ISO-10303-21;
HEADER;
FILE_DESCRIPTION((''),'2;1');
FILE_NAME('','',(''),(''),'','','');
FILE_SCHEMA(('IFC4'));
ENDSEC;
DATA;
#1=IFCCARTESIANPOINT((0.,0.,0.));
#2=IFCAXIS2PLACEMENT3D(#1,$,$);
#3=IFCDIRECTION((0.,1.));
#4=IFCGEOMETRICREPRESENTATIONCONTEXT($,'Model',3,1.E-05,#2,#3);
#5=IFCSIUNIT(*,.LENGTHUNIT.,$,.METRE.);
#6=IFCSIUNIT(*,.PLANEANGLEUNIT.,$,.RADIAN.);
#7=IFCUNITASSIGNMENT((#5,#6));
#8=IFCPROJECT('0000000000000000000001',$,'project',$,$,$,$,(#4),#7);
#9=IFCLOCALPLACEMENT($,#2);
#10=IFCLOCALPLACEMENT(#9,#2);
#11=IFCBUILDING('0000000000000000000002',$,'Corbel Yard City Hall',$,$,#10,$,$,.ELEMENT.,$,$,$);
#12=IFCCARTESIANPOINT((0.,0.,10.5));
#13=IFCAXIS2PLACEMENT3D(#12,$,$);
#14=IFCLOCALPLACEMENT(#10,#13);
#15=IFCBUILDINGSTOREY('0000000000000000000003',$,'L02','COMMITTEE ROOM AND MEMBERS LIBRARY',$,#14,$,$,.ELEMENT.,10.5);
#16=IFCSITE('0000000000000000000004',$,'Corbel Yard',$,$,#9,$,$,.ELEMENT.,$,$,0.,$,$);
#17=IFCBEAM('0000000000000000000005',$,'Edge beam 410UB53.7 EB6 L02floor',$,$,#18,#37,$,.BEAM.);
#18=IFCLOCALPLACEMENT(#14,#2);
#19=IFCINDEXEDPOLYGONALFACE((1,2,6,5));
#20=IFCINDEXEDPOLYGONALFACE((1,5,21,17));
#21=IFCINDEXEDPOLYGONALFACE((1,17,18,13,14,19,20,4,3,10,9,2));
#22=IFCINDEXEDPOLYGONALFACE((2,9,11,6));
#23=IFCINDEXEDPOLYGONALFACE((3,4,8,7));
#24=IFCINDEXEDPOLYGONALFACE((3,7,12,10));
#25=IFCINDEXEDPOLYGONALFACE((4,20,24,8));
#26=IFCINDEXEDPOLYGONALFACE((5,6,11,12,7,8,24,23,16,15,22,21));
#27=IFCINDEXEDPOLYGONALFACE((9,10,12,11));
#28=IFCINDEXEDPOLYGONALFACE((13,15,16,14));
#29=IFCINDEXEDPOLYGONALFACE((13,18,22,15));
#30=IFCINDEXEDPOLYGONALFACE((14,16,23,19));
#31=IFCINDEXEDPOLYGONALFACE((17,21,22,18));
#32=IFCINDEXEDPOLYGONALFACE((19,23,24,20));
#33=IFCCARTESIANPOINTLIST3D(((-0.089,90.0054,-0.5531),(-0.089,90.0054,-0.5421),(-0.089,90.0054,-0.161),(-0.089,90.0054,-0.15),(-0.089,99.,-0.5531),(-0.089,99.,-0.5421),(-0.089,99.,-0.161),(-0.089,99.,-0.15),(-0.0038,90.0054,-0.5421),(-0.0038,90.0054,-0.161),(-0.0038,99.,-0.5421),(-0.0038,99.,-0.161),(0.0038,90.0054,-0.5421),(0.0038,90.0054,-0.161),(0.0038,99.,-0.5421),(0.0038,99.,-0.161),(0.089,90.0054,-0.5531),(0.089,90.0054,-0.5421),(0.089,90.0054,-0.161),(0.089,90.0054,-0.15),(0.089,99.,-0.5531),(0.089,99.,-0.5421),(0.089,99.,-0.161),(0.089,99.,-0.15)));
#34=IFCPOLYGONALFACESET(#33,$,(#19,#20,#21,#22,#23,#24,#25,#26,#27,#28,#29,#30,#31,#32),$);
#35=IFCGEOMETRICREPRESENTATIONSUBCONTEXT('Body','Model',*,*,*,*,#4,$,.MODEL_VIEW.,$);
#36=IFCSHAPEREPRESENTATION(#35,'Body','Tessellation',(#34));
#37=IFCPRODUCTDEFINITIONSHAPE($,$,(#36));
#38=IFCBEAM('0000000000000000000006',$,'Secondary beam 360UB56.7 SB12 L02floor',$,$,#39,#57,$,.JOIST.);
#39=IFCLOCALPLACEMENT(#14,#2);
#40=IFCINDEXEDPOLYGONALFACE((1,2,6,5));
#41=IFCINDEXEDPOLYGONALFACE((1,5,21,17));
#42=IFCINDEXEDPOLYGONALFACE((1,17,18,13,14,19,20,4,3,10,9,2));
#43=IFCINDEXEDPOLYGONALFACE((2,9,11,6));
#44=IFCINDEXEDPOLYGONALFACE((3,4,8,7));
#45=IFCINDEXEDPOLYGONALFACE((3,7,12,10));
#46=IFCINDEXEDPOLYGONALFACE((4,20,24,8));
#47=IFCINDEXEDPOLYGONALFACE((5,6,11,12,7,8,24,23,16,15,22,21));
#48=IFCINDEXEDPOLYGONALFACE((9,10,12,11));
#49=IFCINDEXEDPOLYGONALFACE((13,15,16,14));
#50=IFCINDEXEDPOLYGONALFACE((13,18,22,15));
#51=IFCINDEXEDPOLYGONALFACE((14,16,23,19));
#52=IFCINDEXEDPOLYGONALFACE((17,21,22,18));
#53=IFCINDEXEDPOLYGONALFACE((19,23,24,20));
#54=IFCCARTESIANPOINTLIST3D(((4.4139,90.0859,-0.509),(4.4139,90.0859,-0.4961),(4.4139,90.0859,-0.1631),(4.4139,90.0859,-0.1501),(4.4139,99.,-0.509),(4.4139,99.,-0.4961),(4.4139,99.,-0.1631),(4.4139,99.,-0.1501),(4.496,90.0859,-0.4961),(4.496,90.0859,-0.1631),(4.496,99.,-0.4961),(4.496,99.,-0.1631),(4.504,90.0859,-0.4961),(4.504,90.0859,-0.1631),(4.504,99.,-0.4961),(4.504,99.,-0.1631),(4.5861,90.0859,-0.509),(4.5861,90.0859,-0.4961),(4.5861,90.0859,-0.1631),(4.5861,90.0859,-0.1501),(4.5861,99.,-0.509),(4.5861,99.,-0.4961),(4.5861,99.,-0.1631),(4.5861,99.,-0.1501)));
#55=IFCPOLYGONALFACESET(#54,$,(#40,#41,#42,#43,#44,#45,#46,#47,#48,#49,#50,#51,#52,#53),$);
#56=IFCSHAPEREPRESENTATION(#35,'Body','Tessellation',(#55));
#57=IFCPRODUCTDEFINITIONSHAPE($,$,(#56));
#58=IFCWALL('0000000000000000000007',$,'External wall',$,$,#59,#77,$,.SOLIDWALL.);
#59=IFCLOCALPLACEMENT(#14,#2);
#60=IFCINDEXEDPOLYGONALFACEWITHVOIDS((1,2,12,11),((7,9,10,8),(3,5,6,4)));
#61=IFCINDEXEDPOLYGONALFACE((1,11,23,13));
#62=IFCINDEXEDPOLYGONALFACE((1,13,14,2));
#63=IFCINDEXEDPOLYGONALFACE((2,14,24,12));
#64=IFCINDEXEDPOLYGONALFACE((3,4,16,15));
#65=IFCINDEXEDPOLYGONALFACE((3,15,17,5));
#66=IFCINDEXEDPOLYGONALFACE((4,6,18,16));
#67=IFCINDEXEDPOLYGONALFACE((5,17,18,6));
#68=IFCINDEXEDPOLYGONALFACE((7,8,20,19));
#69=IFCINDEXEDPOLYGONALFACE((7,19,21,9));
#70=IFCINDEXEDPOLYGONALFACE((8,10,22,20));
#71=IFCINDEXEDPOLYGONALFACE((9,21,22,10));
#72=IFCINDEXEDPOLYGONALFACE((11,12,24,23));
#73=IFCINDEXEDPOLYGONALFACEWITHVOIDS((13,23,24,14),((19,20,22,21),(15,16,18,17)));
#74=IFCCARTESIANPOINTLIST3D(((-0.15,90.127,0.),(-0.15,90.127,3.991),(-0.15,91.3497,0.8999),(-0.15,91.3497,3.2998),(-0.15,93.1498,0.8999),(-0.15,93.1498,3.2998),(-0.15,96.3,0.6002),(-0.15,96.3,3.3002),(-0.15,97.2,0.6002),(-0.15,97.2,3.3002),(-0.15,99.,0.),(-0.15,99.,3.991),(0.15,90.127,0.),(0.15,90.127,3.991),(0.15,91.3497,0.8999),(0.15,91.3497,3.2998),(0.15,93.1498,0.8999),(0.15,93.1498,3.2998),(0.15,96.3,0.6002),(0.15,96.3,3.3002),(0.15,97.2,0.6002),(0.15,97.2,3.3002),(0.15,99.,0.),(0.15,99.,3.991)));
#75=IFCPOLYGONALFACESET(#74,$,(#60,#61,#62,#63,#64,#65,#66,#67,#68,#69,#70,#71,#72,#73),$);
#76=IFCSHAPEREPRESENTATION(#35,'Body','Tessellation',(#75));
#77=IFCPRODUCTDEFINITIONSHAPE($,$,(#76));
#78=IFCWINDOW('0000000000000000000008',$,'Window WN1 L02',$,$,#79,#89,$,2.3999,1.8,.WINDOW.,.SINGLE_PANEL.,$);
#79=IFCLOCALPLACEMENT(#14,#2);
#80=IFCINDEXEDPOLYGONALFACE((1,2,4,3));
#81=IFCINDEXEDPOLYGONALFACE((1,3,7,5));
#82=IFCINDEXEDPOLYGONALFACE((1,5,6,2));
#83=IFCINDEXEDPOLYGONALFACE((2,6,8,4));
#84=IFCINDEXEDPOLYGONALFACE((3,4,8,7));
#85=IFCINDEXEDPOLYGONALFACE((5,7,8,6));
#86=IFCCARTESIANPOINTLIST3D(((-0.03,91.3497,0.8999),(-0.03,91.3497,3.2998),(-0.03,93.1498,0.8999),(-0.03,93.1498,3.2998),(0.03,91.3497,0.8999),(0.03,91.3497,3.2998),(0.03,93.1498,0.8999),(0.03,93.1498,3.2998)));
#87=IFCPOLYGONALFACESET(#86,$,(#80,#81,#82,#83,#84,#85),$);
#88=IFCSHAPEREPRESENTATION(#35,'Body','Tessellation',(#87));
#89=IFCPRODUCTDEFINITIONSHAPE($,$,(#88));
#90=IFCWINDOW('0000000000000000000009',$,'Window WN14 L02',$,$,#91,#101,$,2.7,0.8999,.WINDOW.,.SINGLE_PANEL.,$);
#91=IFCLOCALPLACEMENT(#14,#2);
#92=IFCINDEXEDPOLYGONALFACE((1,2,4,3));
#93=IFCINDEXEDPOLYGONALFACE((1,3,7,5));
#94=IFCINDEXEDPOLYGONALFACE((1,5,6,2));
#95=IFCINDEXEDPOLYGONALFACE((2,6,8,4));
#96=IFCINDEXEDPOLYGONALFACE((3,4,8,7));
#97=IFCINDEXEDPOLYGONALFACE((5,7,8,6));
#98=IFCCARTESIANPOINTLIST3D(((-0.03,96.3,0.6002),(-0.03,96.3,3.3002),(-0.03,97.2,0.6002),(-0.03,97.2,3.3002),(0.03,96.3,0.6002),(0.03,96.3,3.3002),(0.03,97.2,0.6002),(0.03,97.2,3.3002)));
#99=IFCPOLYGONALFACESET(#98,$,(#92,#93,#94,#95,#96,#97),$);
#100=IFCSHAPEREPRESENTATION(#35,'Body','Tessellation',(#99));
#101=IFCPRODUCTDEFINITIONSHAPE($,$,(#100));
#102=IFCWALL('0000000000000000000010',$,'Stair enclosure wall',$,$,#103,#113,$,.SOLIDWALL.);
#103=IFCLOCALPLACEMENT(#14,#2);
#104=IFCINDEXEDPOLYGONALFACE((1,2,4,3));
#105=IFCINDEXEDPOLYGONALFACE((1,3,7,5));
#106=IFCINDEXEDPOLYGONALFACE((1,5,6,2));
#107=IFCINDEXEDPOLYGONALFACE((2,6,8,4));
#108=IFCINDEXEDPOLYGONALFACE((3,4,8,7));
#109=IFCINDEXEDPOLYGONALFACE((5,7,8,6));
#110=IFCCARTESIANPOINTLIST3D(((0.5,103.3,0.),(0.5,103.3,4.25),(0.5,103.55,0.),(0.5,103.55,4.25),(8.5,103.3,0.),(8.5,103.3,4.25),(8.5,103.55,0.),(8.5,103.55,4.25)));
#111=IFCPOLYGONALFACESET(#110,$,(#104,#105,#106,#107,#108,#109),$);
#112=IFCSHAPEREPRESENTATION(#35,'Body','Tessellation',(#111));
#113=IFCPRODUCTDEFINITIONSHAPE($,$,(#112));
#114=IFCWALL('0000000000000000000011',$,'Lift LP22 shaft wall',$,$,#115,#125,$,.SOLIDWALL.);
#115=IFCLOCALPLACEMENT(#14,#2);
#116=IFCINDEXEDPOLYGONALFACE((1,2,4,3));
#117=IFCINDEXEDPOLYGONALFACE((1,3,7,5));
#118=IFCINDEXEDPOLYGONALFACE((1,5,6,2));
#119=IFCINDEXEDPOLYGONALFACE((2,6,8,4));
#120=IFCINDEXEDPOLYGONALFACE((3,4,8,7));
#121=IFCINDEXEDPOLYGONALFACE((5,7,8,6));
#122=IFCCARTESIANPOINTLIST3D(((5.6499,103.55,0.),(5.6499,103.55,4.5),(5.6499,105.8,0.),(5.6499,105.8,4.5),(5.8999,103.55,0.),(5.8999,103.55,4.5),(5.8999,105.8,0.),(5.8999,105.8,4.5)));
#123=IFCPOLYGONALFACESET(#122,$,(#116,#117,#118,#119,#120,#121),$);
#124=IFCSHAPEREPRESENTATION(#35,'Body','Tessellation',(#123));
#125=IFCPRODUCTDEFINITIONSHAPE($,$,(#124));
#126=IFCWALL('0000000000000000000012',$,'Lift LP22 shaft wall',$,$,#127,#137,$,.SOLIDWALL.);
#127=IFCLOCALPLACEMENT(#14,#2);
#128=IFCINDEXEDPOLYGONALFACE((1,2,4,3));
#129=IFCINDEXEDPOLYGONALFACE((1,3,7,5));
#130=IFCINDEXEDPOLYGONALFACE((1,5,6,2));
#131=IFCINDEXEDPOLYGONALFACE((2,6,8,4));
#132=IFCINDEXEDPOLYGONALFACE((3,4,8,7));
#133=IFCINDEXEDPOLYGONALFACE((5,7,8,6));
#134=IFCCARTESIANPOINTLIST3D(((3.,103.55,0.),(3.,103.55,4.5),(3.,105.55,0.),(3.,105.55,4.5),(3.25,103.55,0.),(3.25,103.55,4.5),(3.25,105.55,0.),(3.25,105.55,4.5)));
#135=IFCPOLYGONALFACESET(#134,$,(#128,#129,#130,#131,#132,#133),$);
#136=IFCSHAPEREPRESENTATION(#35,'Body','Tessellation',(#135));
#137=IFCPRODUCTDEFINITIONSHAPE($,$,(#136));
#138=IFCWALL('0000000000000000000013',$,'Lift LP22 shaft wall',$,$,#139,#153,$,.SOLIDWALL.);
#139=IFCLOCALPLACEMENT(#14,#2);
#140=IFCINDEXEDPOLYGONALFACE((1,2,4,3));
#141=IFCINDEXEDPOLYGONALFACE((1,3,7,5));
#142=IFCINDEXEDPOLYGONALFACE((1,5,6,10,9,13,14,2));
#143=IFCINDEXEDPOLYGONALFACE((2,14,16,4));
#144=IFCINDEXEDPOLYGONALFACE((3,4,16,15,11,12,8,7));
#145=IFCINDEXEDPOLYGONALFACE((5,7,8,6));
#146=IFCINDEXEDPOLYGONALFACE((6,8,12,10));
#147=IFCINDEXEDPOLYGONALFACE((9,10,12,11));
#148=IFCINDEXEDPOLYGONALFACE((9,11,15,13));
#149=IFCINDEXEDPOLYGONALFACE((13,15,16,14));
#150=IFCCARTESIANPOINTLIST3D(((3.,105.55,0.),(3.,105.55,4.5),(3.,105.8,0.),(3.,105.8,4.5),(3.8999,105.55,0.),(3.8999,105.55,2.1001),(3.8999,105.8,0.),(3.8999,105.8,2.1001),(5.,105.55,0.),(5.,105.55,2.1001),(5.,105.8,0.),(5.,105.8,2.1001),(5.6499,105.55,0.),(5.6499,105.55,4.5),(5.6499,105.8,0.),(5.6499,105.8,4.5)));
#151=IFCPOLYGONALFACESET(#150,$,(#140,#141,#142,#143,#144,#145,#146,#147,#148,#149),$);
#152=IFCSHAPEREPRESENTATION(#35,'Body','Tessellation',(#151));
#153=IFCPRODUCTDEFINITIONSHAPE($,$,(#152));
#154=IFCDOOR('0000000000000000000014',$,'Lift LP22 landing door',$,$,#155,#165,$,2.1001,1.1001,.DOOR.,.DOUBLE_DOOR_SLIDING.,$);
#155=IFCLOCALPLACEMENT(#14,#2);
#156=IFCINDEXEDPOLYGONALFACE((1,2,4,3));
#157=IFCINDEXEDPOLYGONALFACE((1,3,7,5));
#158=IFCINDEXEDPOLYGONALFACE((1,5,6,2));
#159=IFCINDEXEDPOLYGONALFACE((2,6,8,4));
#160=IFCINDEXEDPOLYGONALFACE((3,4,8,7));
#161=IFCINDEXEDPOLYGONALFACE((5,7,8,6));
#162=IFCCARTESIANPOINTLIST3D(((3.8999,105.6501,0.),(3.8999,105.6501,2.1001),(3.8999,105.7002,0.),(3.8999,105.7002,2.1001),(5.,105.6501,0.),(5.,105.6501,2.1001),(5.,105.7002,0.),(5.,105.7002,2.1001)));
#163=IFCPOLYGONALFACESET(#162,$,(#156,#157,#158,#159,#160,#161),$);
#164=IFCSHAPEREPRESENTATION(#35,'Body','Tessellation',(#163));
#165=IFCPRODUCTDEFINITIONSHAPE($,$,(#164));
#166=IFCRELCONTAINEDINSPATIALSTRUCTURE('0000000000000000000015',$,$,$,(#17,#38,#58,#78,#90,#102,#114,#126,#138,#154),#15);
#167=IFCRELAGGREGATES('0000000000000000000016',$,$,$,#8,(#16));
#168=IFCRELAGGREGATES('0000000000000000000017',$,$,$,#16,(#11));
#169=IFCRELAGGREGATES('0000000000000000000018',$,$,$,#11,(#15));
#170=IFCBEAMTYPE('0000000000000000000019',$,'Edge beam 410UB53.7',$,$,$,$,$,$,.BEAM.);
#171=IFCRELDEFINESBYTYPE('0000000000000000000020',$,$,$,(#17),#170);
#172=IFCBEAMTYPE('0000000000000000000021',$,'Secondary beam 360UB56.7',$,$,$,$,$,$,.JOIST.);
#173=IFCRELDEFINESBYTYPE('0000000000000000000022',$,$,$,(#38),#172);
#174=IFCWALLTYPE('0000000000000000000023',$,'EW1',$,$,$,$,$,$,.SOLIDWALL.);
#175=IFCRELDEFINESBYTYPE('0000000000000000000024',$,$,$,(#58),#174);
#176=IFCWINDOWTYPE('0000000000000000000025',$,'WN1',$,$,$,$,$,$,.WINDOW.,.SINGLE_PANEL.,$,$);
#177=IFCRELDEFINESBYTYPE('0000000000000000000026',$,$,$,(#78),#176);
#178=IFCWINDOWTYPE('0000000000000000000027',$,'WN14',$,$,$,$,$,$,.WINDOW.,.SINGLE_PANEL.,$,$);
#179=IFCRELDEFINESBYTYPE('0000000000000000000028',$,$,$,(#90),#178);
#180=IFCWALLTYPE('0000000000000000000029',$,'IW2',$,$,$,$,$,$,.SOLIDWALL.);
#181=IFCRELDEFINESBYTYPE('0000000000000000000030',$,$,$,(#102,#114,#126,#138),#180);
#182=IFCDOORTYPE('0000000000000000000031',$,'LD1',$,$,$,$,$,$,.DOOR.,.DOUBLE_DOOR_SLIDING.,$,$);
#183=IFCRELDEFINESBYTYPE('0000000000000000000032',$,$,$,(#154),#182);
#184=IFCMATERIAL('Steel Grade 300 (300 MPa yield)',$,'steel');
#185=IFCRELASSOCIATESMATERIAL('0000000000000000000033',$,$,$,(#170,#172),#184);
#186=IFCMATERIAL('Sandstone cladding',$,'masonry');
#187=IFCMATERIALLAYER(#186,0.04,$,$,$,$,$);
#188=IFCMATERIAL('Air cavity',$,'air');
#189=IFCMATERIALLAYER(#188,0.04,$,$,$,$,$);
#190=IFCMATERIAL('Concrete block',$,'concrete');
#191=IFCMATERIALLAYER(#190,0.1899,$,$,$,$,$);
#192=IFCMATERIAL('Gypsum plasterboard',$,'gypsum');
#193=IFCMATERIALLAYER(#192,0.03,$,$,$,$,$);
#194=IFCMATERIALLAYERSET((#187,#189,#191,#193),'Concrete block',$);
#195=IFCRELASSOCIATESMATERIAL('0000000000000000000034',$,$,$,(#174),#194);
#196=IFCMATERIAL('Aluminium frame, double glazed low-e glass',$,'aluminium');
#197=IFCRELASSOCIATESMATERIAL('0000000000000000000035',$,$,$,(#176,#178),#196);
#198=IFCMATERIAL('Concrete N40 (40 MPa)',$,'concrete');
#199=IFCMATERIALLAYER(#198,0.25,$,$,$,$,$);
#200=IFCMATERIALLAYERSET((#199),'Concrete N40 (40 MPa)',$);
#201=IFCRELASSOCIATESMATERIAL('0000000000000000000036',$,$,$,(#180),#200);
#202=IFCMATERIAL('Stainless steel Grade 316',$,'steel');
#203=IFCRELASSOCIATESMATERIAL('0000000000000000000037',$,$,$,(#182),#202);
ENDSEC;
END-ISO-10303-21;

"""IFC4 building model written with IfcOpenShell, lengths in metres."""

from ifc_helpers import new_model, si_unit, direction, frame, frame_2d, origin, origin_2d, place, context, subcontext, project, spatial, rectangle, i_section, extrude, material, layer, layer_set, material_profile, profile_set, type_object, element, fill, save


model = new_model("IFC4")

# Units and contexts
model_context = context("Model", 3, precision=1e-05, world=origin(), true_north=direction((0.0, 1.0)))
body_context = subcontext(model_context, "Body", "Model", "MODEL_VIEW")
ifc_project = project(units=[si_unit("LENGTHUNIT", "METRE"), si_unit("PLANEANGLEUNIT", "RADIAN")], contexts=[model_context])

# Site, building, storey
site_placement = place(None, origin())
site = spatial("IfcSite", under=ifc_project, at=site_placement, Name="Corbel Yard", CompositionType="ELEMENT", RefElevation=0.0)
building_placement = place(site_placement, origin())
building = spatial("IfcBuilding", under=site, at=building_placement, Name="Corbel Yard City Hall", CompositionType="ELEMENT")
storey_placement = place(building_placement, frame((0.0, 0.0, 10.5)))
storey = spatial("IfcBuildingStorey", under=building, at=storey_placement, Name="L02", Description="COMMITTEE ROOM AND MEMBERS LIBRARY", CompositionType="ELEMENT", Elevation=10.5)

# Beams
ifc_material_1 = material(Name="Steel Grade 300 (300 MPa yield)", Category="steel")
ifc_material_profile_1 = material_profile(ifc_material_1, i_section(OverallWidth=0.178, OverallDepth=0.4031, WebThickness=0.0076, FlangeThickness=0.011, at=origin_2d()), Name="410UB53.7")
ifc_profile_set_1 = profile_set([ifc_material_profile_1], Name="Steel Grade 300 (300 MPa yield)")
beam_type_1 = type_object("IfcBeamType", Name="Edge beam 410UB53.7", PredefinedType="BEAM", material=ifc_profile_set_1)
beam_1_placement = place(storey_placement, frame((0.0, 90.0054, -0.3516), z_axis=(0.0, 1.0, 0.0), x_axis=(-1.0, 0.0, 0.0)))
element("IfcBeam", 1, at=beam_1_placement, inside=storey, type_object=beam_type_1, Name="Edge beam 410UB53.7 EB6 L02floor", PredefinedType="BEAM", context=body_context, shape_type="SweptSolid", body=[
    extrude(i_section(OverallWidth=0.178, OverallDepth=0.4031, WebThickness=0.0076, FlangeThickness=0.011, at=origin_2d()), origin(), (0.0, 0.0, 1.0), 8.9946),
])
ifc_material_profile_2 = material_profile(ifc_material_1, i_section(OverallWidth=0.1721, OverallDepth=0.3589, WebThickness=0.0081, FlangeThickness=0.0129, at=origin_2d()), Name="360UB56.7")
ifc_profile_set_2 = profile_set([ifc_material_profile_2], Name="Steel Grade 300 (300 MPa yield)")
beam_type_2 = type_object("IfcBeamType", Name="Secondary beam 360UB56.7", PredefinedType="JOIST", material=ifc_profile_set_2)
beam_2_placement = place(storey_placement, frame((4.5, 90.0859, -0.3296), z_axis=(0.0, 1.0, 0.0), x_axis=(-1.0, 0.0, 0.0)))
element("IfcBeam", 2, at=beam_2_placement, inside=storey, type_object=beam_type_2, Name="Secondary beam 360UB56.7 SB12 L02floor", PredefinedType="JOIST", context=body_context, shape_type="SweptSolid", body=[
    extrude(i_section(OverallWidth=0.1721, OverallDepth=0.3589, WebThickness=0.0081, FlangeThickness=0.0129, at=origin_2d()), origin(), (0.0, 0.0, 1.0), 8.9141),
])

# Wall, openings, windows
ifc_material_2 = material(Name="Sandstone cladding", Category="masonry")
ifc_layer_1 = layer(ifc_material_2, 0.04)
ifc_material_3 = material(Name="Air cavity", Category="air")
ifc_layer_2 = layer(ifc_material_3, 0.04)
ifc_material_4 = material(Name="Concrete block", Category="concrete")
ifc_layer_3 = layer(ifc_material_4, 0.1899)
ifc_material_5 = material(Name="Gypsum plasterboard", Category="gypsum")
ifc_layer_4 = layer(ifc_material_5, 0.03)
ifc_layer_set_1 = layer_set([ifc_layer_1, ifc_layer_2, ifc_layer_3, ifc_layer_4], Name="Concrete block")
wall_type_1 = type_object("IfcWallType", Name="EW1", PredefinedType="SOLIDWALL", material=ifc_layer_set_1)
wall_1_placement = place(storey_placement, frame((0.0, 90.127, 0.0), z_axis=(0.0, 0.0, 1.0), x_axis=(0.0, 1.0, 0.0)))
wall_1 = element("IfcWall", 3, at=wall_1_placement, inside=storey, type_object=wall_type_1, Name="External wall", PredefinedType="SOLIDWALL", context=body_context, shape_type="SweptSolid", body=[
    extrude(rectangle(XDim=8.873, YDim=0.3, at=frame_2d((4.4365, 0.0))), origin(), (0.0, 0.0, 1.0), 3.991),
])
opening_1_placement = place(wall_1_placement, frame((1.2229, 0.0, 0.8999)))
opening_1 = element("IfcOpeningElement", 4, at=opening_1_placement, cuts=wall_1, PredefinedType="OPENING", context=body_context, shape_type="SweptSolid", body=[
    extrude(rectangle(XDim=1.8, YDim=2.3999, at=frame_2d((0.8999, 1.2))), frame((0.0, 0.1599, 0.0), z_axis=(0.0, -1.0, 0.0), x_axis=(1.0, 0.0, 0.0)), (0.0, 0.0, 1.0), 0.3201),
])
opening_2_placement = place(wall_1_placement, frame((6.1731, 0.0, 0.6001)))
opening_2 = element("IfcOpeningElement", 5, at=opening_2_placement, cuts=wall_1, PredefinedType="OPENING", context=body_context, shape_type="SweptSolid", body=[
    extrude(rectangle(XDim=0.8999, YDim=2.7, at=frame_2d((0.45, 1.3501))), frame((0.0, 0.1599, 0.0), z_axis=(0.0, -1.0, 0.0), x_axis=(1.0, 0.0, 0.0)), (0.0, 0.0, 1.0), 0.3201),
])
ifc_material_6 = material(Name="Aluminium frame, double glazed low-e glass", Category="aluminium")
window_type_1 = type_object("IfcWindowType", Name="WN1", PartitioningType="SINGLE_PANEL", PredefinedType="WINDOW", material=ifc_material_6)
window_1_placement = place(opening_1_placement, origin())
window_1 = element("IfcWindow", 6, at=window_1_placement, inside=storey, type_object=window_type_1, Name="Window WN1 L02", OverallHeight=2.3999, OverallWidth=1.8, PartitioningType="SINGLE_PANEL", PredefinedType="WINDOW", context=body_context, shape_type="SweptSolid", body=[
    extrude(rectangle(XDim=1.8, YDim=2.3999, at=frame_2d((0.8999, 1.2))), frame((0.0, 0.03, 0.0), z_axis=(0.0, -1.0, 0.0), x_axis=(1.0, 0.0, 0.0)), (0.0, 0.0, 1.0), 0.0601),
])
fill(opening_1, window_1)
window_type_2 = type_object("IfcWindowType", Name="WN14", PartitioningType="SINGLE_PANEL", PredefinedType="WINDOW", material=ifc_material_6)
window_2_placement = place(opening_2_placement, origin())
window_2 = element("IfcWindow", 7, at=window_2_placement, inside=storey, type_object=window_type_2, Name="Window WN14 L02", OverallHeight=2.7, OverallWidth=0.8999, PartitioningType="SINGLE_PANEL", PredefinedType="WINDOW", context=body_context, shape_type="SweptSolid", body=[
    extrude(rectangle(XDim=0.8999, YDim=2.7, at=frame_2d((0.45, 1.3501))), frame((0.0, 0.03, 0.0), z_axis=(0.0, -1.0, 0.0), x_axis=(1.0, 0.0, 0.0)), (0.0, 0.0, 1.0), 0.0601),
])
fill(opening_2, window_2)

# Walls
ifc_material_7 = material(Name="Concrete N40 (40 MPa)", Category="concrete")
ifc_layer_5 = layer(ifc_material_7, 0.25)
ifc_layer_set_2 = layer_set([ifc_layer_5], Name="Concrete N40 (40 MPa)")
wall_type_2 = type_object("IfcWallType", Name="IW2", PredefinedType="SOLIDWALL", material=ifc_layer_set_2)
wall_2_placement = place(storey_placement, frame((8.5, 103.425, 0.0), z_axis=(0.0, 0.0, 1.0), x_axis=(-1.0, 0.0, 0.0)))
element("IfcWall", 8, at=wall_2_placement, inside=storey, type_object=wall_type_2, Name="Stair enclosure wall", PredefinedType="SOLIDWALL", context=body_context, shape_type="SweptSolid", body=[
    extrude(rectangle(XDim=8.0, YDim=0.25, at=frame_2d((4.0, 0.0))), origin(), (0.0, 0.0, 1.0), 4.25),
])
wall_3_placement = place(storey_placement, frame((5.7749, 103.55, 0.0), z_axis=(0.0, 0.0, 1.0), x_axis=(0.0, 1.0, 0.0)))
element("IfcWall", 9, at=wall_3_placement, inside=storey, type_object=wall_type_2, Name="Lift LP22 shaft wall", PredefinedType="SOLIDWALL", context=body_context, shape_type="SweptSolid", body=[
    extrude(rectangle(XDim=2.25, YDim=0.25, at=frame_2d((1.125, 0.0))), origin(), (0.0, 0.0, 1.0), 4.5),
])
wall_4_placement = place(storey_placement, frame((3.125, 103.55, 0.0), z_axis=(0.0, 0.0, 1.0), x_axis=(0.0, 1.0, 0.0)))
element("IfcWall", 10, at=wall_4_placement, inside=storey, type_object=wall_type_2, Name="Lift LP22 shaft wall", PredefinedType="SOLIDWALL", context=body_context, shape_type="SweptSolid", body=[
    extrude(rectangle(XDim=2.0, YDim=0.25, at=frame_2d((1.0, 0.0))), origin(), (0.0, 0.0, 1.0), 4.5),
])

# Wall, opening, door
wall_5_placement = place(storey_placement, frame((5.6499, 105.675, 0.0), z_axis=(0.0, 0.0, 1.0), x_axis=(-1.0, 0.0, 0.0)))
wall_5 = element("IfcWall", 11, at=wall_5_placement, inside=storey, type_object=wall_type_2, Name="Lift LP22 shaft wall", PredefinedType="SOLIDWALL", context=body_context, shape_type="SweptSolid", body=[
    extrude(rectangle(XDim=2.6499, YDim=0.25, at=frame_2d((1.325, 0.0))), origin(), (0.0, 0.0, 1.0), 4.5),
])
opening_3_placement = place(wall_5_placement, frame((0.6499, 0.0, 0.0)))
opening_3 = element("IfcOpeningElement", 12, at=opening_3_placement, cuts=wall_5, PredefinedType="OPENING", context=body_context, shape_type="SweptSolid", body=[
    extrude(rectangle(XDim=1.1001, YDim=2.1001, at=frame_2d((0.55, 1.05))), frame((0.0, 0.135, 0.0), z_axis=(0.0, -1.0, 0.0), x_axis=(1.0, 0.0, 0.0)), (0.0, 0.0, 1.0), 0.27),
])
ifc_material_8 = material(Name="Stainless steel Grade 316", Category="steel")
door_type_1 = type_object("IfcDoorType", Name="LD1", OperationType="DOUBLE_DOOR_SLIDING", PredefinedType="DOOR", material=ifc_material_8)
door_1_placement = place(opening_3_placement, origin())
door_1 = element("IfcDoor", 13, at=door_1_placement, inside=storey, type_object=door_type_1, Name="Lift LP22 landing door", OperationType="DOUBLE_DOOR_SLIDING", OverallHeight=2.1001, OverallWidth=1.1001, PredefinedType="DOOR", context=body_context, shape_type="SweptSolid", body=[
    extrude(rectangle(XDim=1.1001, YDim=2.1001, at=frame_2d((0.55, 1.05))), frame((0.0, 0.0249, 0.0), z_axis=(0.0, -1.0, 0.0), x_axis=(1.0, 0.0, 0.0)), (0.0, 0.0, 1.0), 0.05),
])
fill(opening_3, door_1)

save(model, "model.ifc")
